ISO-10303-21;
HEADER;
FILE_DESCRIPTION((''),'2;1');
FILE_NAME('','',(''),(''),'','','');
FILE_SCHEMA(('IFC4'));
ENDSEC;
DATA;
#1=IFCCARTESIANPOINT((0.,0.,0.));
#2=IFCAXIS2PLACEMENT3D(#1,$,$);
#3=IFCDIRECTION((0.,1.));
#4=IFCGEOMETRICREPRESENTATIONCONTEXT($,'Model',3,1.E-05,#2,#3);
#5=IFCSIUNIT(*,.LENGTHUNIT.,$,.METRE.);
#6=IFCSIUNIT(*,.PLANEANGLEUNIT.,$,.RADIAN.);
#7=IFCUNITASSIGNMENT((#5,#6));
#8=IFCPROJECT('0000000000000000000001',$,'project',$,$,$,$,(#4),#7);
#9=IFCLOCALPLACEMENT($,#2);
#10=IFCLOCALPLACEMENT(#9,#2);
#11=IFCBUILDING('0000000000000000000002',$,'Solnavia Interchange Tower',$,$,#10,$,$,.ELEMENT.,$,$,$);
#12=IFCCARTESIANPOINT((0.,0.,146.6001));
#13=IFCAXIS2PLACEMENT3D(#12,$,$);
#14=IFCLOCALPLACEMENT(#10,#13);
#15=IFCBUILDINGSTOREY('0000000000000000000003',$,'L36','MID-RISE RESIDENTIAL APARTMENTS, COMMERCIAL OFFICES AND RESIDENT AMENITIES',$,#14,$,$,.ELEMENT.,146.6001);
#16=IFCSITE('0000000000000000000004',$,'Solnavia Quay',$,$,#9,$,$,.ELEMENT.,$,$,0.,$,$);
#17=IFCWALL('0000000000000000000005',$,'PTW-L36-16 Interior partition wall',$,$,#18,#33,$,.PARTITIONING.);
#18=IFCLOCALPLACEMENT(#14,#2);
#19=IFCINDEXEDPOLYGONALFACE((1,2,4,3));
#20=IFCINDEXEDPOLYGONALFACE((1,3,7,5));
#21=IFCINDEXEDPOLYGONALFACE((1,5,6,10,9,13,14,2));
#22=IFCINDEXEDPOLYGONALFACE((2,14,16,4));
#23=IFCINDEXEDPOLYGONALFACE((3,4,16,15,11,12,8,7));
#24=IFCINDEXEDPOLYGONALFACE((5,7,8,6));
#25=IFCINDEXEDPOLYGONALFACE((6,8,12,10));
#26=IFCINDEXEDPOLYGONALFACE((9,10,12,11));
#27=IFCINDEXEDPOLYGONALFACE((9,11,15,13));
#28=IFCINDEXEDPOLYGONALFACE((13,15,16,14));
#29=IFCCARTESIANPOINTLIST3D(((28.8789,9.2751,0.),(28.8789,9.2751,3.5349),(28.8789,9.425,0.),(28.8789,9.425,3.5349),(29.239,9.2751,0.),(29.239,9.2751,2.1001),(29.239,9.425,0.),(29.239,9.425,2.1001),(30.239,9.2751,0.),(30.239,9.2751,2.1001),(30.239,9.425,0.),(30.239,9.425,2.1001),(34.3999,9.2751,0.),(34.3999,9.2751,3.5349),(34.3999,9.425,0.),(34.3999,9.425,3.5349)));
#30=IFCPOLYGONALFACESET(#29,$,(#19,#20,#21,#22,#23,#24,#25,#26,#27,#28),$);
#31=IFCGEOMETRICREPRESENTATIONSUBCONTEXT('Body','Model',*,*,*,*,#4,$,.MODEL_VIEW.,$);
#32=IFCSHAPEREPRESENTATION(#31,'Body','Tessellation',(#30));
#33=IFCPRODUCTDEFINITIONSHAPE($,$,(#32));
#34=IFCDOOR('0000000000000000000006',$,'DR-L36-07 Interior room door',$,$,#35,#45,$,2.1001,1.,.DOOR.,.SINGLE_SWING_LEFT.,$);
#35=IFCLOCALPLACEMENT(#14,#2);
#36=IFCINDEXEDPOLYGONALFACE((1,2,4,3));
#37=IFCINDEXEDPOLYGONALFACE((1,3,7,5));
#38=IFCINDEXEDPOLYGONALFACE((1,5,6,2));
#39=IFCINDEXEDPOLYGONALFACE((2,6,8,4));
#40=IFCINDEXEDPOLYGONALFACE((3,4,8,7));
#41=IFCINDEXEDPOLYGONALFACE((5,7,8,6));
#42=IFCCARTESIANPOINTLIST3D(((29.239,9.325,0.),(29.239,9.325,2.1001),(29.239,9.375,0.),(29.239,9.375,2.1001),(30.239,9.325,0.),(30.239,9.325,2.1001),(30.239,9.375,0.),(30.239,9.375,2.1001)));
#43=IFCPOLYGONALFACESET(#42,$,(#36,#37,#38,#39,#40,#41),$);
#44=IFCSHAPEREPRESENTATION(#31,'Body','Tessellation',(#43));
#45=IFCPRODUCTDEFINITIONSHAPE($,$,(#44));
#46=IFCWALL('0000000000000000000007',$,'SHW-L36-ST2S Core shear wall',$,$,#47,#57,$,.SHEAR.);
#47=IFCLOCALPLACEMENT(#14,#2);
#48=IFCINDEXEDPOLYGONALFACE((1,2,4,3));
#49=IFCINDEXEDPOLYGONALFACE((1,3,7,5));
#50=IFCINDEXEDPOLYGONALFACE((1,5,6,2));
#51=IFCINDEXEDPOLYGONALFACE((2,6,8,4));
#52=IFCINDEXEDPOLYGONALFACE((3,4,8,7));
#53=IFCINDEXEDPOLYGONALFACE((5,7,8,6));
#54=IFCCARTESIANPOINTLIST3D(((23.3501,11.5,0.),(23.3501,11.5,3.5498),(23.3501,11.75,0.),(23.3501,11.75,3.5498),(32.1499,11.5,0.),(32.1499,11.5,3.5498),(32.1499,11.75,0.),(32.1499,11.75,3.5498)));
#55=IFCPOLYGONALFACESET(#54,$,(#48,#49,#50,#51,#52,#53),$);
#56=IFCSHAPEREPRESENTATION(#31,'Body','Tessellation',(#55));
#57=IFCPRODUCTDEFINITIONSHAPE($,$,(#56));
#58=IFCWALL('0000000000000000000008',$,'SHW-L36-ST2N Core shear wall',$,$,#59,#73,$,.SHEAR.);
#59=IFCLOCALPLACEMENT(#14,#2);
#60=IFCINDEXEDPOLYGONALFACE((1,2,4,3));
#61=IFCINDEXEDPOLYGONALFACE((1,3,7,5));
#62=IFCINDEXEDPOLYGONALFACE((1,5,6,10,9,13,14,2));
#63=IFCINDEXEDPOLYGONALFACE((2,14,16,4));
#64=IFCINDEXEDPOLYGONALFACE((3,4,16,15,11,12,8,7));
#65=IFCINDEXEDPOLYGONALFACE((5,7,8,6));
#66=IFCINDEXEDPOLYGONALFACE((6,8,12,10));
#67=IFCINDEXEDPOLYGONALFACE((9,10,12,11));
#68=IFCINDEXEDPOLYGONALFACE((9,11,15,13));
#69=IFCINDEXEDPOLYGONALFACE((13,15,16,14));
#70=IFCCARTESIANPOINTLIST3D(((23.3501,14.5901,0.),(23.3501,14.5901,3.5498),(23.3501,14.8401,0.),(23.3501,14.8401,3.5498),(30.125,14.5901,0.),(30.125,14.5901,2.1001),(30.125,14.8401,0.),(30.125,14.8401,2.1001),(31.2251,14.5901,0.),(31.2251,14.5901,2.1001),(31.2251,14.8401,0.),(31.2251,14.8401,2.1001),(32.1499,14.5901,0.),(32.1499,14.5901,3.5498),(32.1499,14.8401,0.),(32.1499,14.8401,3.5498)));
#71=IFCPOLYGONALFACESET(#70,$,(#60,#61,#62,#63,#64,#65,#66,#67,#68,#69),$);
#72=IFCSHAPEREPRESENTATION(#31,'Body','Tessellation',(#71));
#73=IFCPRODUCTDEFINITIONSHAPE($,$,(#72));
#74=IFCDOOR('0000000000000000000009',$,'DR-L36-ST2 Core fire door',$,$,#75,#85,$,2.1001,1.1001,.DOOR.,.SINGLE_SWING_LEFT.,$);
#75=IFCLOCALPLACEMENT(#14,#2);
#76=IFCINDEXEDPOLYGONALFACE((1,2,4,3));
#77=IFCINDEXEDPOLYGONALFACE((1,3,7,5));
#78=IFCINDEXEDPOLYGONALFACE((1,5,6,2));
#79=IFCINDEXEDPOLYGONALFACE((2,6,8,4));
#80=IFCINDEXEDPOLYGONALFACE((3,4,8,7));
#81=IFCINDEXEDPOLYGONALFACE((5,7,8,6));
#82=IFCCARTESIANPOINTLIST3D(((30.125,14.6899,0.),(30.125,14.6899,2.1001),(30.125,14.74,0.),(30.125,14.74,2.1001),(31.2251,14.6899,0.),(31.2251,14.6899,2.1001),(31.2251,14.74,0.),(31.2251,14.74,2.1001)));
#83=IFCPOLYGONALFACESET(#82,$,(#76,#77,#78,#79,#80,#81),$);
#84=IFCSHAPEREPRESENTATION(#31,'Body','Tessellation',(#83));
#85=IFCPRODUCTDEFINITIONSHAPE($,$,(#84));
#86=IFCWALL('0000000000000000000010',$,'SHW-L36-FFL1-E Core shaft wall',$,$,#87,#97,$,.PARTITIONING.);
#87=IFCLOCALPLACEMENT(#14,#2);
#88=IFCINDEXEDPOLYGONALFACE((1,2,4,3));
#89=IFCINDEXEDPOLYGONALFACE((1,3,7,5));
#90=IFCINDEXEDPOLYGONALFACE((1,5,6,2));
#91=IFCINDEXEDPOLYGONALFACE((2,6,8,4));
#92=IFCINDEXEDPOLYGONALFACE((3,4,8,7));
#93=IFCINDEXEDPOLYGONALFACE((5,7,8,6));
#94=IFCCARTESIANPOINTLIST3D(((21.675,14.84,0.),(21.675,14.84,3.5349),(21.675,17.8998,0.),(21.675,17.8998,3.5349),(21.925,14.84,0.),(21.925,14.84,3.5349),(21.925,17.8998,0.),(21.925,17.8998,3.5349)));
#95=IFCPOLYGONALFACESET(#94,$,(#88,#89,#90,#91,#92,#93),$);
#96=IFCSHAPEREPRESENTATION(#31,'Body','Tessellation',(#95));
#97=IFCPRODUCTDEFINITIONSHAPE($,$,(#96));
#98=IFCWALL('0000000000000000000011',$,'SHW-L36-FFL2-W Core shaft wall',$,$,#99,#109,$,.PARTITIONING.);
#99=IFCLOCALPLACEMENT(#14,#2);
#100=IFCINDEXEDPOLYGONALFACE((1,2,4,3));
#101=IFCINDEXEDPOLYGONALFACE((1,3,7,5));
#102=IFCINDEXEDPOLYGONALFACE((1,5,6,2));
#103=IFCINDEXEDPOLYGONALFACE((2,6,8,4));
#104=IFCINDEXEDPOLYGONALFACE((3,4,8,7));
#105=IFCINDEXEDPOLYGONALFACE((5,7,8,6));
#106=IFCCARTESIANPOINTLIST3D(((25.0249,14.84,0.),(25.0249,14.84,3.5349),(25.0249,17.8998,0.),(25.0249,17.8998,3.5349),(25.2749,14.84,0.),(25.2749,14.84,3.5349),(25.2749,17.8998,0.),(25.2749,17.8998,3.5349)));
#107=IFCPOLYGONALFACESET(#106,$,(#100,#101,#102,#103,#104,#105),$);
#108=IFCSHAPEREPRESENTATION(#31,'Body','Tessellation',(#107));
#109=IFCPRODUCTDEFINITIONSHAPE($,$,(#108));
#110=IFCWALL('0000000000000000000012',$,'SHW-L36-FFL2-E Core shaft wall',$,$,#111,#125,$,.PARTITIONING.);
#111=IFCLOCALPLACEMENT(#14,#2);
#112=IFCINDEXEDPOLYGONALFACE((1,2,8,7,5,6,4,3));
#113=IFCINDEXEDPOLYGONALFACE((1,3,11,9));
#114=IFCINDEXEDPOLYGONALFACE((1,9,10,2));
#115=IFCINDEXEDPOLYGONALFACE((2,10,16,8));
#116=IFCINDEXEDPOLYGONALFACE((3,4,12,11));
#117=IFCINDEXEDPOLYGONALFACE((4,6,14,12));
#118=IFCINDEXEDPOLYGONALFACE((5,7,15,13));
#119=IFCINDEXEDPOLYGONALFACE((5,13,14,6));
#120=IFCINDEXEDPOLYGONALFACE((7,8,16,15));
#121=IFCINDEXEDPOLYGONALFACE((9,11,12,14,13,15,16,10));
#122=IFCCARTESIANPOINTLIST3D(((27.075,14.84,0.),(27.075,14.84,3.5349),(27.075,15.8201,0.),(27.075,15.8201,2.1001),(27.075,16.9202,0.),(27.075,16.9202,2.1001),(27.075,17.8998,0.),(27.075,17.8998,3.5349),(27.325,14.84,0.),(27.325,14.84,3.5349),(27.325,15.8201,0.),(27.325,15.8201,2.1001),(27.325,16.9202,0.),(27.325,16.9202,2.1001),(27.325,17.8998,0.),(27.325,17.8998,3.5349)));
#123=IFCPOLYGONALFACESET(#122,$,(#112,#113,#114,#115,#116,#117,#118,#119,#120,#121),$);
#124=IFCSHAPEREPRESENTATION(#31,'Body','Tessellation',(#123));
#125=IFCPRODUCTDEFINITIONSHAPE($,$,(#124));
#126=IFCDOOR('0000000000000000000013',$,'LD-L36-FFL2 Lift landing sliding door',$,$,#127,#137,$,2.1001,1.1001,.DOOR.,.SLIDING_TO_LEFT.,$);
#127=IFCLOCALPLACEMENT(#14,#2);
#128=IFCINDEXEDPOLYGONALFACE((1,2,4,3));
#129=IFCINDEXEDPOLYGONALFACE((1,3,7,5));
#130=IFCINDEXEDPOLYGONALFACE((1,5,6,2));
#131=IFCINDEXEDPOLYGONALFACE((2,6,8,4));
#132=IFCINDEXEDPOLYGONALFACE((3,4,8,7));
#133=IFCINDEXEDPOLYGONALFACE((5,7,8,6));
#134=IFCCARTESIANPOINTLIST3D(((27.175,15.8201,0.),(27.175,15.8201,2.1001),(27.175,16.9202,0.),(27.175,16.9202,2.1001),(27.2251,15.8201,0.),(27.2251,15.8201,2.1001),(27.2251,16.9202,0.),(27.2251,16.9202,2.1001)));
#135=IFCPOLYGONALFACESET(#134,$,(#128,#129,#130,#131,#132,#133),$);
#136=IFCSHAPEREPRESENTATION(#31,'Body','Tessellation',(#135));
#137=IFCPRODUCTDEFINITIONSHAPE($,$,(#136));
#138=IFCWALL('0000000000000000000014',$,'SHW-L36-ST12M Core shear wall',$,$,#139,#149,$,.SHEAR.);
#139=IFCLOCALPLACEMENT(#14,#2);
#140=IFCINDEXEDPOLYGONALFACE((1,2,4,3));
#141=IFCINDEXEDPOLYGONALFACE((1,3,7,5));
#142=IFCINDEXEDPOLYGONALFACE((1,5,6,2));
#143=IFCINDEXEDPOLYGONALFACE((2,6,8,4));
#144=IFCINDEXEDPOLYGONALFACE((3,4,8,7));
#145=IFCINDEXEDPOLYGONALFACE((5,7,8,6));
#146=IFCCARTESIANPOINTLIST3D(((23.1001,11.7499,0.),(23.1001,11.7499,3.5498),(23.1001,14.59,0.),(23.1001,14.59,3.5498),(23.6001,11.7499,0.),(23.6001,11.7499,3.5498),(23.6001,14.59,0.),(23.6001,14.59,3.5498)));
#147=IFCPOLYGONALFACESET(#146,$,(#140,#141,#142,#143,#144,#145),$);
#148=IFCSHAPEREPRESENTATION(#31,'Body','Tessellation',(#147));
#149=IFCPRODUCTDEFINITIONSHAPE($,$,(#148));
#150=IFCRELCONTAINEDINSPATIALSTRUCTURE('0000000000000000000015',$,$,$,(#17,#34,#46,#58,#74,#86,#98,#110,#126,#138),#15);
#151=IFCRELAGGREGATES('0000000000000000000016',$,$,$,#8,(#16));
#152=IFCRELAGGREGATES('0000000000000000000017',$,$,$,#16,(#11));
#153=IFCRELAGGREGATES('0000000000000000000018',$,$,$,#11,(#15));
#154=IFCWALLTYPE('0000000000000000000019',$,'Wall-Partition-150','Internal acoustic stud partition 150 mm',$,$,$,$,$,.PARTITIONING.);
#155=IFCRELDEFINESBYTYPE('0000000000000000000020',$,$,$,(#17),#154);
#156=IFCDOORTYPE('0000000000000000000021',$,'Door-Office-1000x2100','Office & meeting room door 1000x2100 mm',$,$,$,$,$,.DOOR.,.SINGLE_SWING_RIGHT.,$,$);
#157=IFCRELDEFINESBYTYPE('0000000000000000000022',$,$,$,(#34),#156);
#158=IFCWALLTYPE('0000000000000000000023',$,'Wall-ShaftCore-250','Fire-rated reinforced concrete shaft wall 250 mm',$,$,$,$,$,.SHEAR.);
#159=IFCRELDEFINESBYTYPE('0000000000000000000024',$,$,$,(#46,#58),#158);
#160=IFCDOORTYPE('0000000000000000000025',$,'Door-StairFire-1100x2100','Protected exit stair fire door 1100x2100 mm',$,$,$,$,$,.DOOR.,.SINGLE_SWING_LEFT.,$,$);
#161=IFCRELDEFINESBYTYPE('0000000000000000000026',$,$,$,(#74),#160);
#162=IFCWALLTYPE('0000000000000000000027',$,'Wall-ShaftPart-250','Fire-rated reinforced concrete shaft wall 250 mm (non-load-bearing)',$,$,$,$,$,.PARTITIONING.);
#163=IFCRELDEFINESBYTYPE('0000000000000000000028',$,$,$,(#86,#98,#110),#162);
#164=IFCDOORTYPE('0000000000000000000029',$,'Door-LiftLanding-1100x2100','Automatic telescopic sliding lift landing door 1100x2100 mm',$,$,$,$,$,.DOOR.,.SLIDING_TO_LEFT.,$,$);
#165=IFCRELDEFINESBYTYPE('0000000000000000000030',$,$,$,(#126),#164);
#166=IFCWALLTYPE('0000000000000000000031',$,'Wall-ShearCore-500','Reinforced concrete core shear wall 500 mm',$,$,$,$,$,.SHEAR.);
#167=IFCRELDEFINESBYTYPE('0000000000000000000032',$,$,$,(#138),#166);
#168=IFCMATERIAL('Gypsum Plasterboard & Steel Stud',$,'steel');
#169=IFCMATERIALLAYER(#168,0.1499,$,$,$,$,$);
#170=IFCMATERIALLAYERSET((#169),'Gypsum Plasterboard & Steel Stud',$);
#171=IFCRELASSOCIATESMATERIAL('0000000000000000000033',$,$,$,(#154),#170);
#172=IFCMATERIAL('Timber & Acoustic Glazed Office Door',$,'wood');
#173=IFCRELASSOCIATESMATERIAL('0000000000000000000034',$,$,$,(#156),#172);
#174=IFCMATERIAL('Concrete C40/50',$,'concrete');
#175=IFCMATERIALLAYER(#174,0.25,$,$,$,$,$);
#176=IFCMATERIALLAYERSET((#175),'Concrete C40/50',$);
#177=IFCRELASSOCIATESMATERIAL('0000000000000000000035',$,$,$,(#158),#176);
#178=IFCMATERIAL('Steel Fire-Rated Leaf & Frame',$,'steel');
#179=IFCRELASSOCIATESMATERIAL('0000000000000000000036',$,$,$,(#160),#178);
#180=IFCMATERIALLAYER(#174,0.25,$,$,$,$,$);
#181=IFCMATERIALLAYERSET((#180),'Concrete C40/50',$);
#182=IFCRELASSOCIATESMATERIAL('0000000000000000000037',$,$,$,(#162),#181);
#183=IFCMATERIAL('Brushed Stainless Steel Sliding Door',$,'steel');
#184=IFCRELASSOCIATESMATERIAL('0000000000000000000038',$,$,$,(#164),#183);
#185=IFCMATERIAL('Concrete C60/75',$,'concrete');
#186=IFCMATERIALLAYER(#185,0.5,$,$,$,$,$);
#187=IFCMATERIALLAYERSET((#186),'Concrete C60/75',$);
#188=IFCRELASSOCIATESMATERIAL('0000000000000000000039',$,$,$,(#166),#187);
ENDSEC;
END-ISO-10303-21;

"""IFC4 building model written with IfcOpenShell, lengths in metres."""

from ifc_helpers import new_model, si_unit, direction, frame, frame_2d, origin, place, context, subcontext, project, spatial, rectangle, extrude, material, layer, layer_set, type_object, element, fill, save


model = new_model("IFC4")

# Units and contexts
model_context = context("Model", 3, precision=1e-05, world=origin(), true_north=direction((0.0, 1.0)))
body_context = subcontext(model_context, "Body", "Model", "MODEL_VIEW")
ifc_project = project(units=[si_unit("LENGTHUNIT", "METRE"), si_unit("PLANEANGLEUNIT", "RADIAN")], contexts=[model_context])

# Site, building, storey
site_placement = place(None, origin())
site = spatial("IfcSite", under=ifc_project, at=site_placement, Name="Solnavia Quay", CompositionType="ELEMENT", RefElevation=0.0)
building_placement = place(site_placement, origin())
building = spatial("IfcBuilding", under=site, at=building_placement, Name="Solnavia Interchange Tower", CompositionType="ELEMENT")
storey_placement = place(building_placement, frame((0.0, 0.0, 146.6001)))
storey = spatial("IfcBuildingStorey", under=building, at=storey_placement, Name="L36", Description="MID-RISE RESIDENTIAL APARTMENTS, COMMERCIAL OFFICES AND RESIDENT AMENITIES", CompositionType="ELEMENT", Elevation=146.6001)

# Shared definitions
ifc_material_1 = material(Name="Concrete C40/50", Category="concrete")

# Shared definitions
ifc_material_2 = material(Name="Gypsum Plasterboard & Steel Stud", Category="steel")
ifc_layer_1 = layer(ifc_material_2, 0.1499)
ifc_layer_set_1 = layer_set([ifc_layer_1], Name="Gypsum Plasterboard & Steel Stud")
wall_type_1 = type_object("IfcWallType", Name="Wall-Partition-150", Description="Internal acoustic stud partition 150 mm", PredefinedType="PARTITIONING", material=ifc_layer_set_1)

# Wall, opening, door
wall_1_placement = place(storey_placement, frame((28.8789, 9.3501, 0.0), z_axis=(0.0, 0.0, 1.0), x_axis=(1.0, 0.0, 0.0)))
wall_1 = element("IfcWall", 1, at=wall_1_placement, inside=storey, type_object=wall_type_1, Name="PTW-L36-16 Interior partition wall", PredefinedType="PARTITIONING", context=body_context, shape_type="SweptSolid", body=[
    extrude(rectangle(XDim=5.521, YDim=0.1499, at=frame_2d((2.7605, 0.0))), origin(), (0.0, 0.0, 1.0), 3.5349),
])
opening_1_placement = place(wall_1_placement, frame((0.3601, 0.0, 0.0)))
opening_1 = element("IfcOpeningElement", 2, at=opening_1_placement, cuts=wall_1, PredefinedType="OPENING", context=body_context, shape_type="SweptSolid", body=[
    extrude(rectangle(XDim=1.0, YDim=2.1001, at=frame_2d((0.5, 1.05))), frame((0.0, 0.085, 0.0), z_axis=(0.0, -1.0, 0.0), x_axis=(1.0, 0.0, 0.0)), (0.0, 0.0, 1.0), 0.1699),
])
ifc_material_3 = material(Name="Timber & Acoustic Glazed Office Door", Category="wood")
door_type_1 = type_object("IfcDoorType", Name="Door-Office-1000x2100", Description="Office & meeting room door 1000x2100 mm", OperationType="SINGLE_SWING_RIGHT", PredefinedType="DOOR", material=ifc_material_3)
door_1_placement = place(opening_1_placement, origin())
door_1 = element("IfcDoor", 3, at=door_1_placement, inside=storey, type_object=door_type_1, Name="DR-L36-07 Interior room door", OperationType="SINGLE_SWING_LEFT", OverallHeight=2.1001, OverallWidth=1.0, PredefinedType="DOOR", context=body_context, shape_type="SweptSolid", body=[
    extrude(rectangle(XDim=1.0, YDim=2.1001, at=frame_2d((0.5, 1.05))), frame((0.0, 0.0249, 0.0), z_axis=(0.0, -1.0, 0.0), x_axis=(1.0, 0.0, 0.0)), (0.0, 0.0, 1.0), 0.05),
])
fill(opening_1, door_1)

# Wall
ifc_layer_2 = layer(ifc_material_1, 0.25)
ifc_layer_set_2 = layer_set([ifc_layer_2], Name="Concrete C40/50")
wall_type_2 = type_object("IfcWallType", Name="Wall-ShaftCore-250", Description="Fire-rated reinforced concrete shaft wall 250 mm", PredefinedType="SHEAR", material=ifc_layer_set_2)
wall_2_placement = place(storey_placement, frame((23.3501, 11.625, 0.0), z_axis=(0.0, 0.0, 1.0), x_axis=(1.0, 0.0, 0.0)))
element("IfcWall", 4, at=wall_2_placement, inside=storey, type_object=wall_type_2, Name="SHW-L36-ST2S Core shear wall", PredefinedType="SHEAR", context=body_context, shape_type="SweptSolid", body=[
    extrude(rectangle(XDim=8.7998, YDim=0.25, at=frame_2d((4.3999, 0.0))), origin(), (0.0, 0.0, 1.0), 3.5498),
])

# Wall, opening, door
wall_3_placement = place(storey_placement, frame((23.3501, 14.7151, 0.0), z_axis=(0.0, 0.0, 1.0), x_axis=(1.0, 0.0, 0.0)))
wall_3 = element("IfcWall", 5, at=wall_3_placement, inside=storey, type_object=wall_type_2, Name="SHW-L36-ST2N Core shear wall", PredefinedType="SHEAR", context=body_context, shape_type="SweptSolid", body=[
    extrude(rectangle(XDim=8.7998, YDim=0.25, at=frame_2d((4.3999, 0.0))), origin(), (0.0, 0.0, 1.0), 3.5498),
])
opening_2_placement = place(wall_3_placement, frame((6.7749, 0.0, 0.0)))
opening_2 = element("IfcOpeningElement", 6, at=opening_2_placement, cuts=wall_3, PredefinedType="OPENING", context=body_context, shape_type="SweptSolid", body=[
    extrude(rectangle(XDim=1.1001, YDim=2.1001, at=frame_2d((0.55, 1.05))), frame((0.0, 0.135, 0.0), z_axis=(0.0, -1.0, 0.0), x_axis=(1.0, 0.0, 0.0)), (0.0, 0.0, 1.0), 0.27),
])
ifc_material_4 = material(Name="Steel Fire-Rated Leaf & Frame", Category="steel")
door_type_2 = type_object("IfcDoorType", Name="Door-StairFire-1100x2100", Description="Protected exit stair fire door 1100x2100 mm", OperationType="SINGLE_SWING_LEFT", PredefinedType="DOOR", material=ifc_material_4)
door_2_placement = place(opening_2_placement, origin())
door_2 = element("IfcDoor", 7, at=door_2_placement, inside=storey, type_object=door_type_2, Name="DR-L36-ST2 Core fire door", OperationType="SINGLE_SWING_LEFT", OverallHeight=2.1001, OverallWidth=1.1001, PredefinedType="DOOR", context=body_context, shape_type="SweptSolid", body=[
    extrude(rectangle(XDim=1.1001, YDim=2.1001, at=frame_2d((0.55, 1.05))), frame((0.0, 0.0249, 0.0), z_axis=(0.0, -1.0, 0.0), x_axis=(1.0, 0.0, 0.0)), (0.0, 0.0, 1.0), 0.05),
])
fill(opening_2, door_2)

# Walls
ifc_layer_3 = layer(ifc_material_1, 0.25)
ifc_layer_set_3 = layer_set([ifc_layer_3], Name="Concrete C40/50")
wall_type_3 = type_object("IfcWallType", Name="Wall-ShaftPart-250", Description="Fire-rated reinforced concrete shaft wall 250 mm (non-load-bearing)", PredefinedType="PARTITIONING", material=ifc_layer_set_3)
for number, where, z_axis, x_axis, name in (
    (8, (21.8, 14.8401, 0.0), (0.0, 0.0, 1.0), (0.0, 1.0, 0.0), "SHW-L36-FFL1-E Core shaft wall"),
    (9, (25.1499, 14.8401, 0.0), (0.0, 0.0, 1.0), (0.0, 1.0, 0.0), "SHW-L36-FFL2-W Core shaft wall"),
):
    element("IfcWall", number, at=place(storey_placement, frame(where, z_axis=z_axis, x_axis=x_axis)), inside=storey, type_object=wall_type_3, Name=name, PredefinedType="PARTITIONING", context=body_context, shape_type="SweptSolid", body=[
        extrude(rectangle(XDim=3.0598, YDim=0.25, at=frame_2d((1.5298, 0.0))), origin(), (0.0, 0.0, 1.0), 3.5349),
    ])

# Wall, opening, door
wall_4_placement = place(storey_placement, frame((27.2, 14.8401, 0.0), z_axis=(0.0, 0.0, 1.0), x_axis=(0.0, 1.0, 0.0)))
wall_4 = element("IfcWall", 10, at=wall_4_placement, inside=storey, type_object=wall_type_3, Name="SHW-L36-FFL2-E Core shaft wall", PredefinedType="PARTITIONING", context=body_context, shape_type="SweptSolid", body=[
    extrude(rectangle(XDim=3.0598, YDim=0.25, at=frame_2d((1.5298, 0.0))), origin(), (0.0, 0.0, 1.0), 3.5349),
])
opening_3_placement = place(wall_4_placement, frame((0.98, 0.0, 0.0)))
opening_3 = element("IfcOpeningElement", 11, at=opening_3_placement, cuts=wall_4, PredefinedType="OPENING", context=body_context, shape_type="SweptSolid", body=[
    extrude(rectangle(XDim=1.1001, YDim=2.1001, at=frame_2d((0.55, 1.05))), frame((0.0, 0.135, 0.0), z_axis=(0.0, -1.0, 0.0), x_axis=(1.0, 0.0, 0.0)), (0.0, 0.0, 1.0), 0.27),
])
ifc_material_5 = material(Name="Brushed Stainless Steel Sliding Door", Category="steel")
door_type_3 = type_object("IfcDoorType", Name="Door-LiftLanding-1100x2100", Description="Automatic telescopic sliding lift landing door 1100x2100 mm", OperationType="SLIDING_TO_LEFT", PredefinedType="DOOR", material=ifc_material_5)
door_3_placement = place(opening_3_placement, origin())
door_3 = element("IfcDoor", 12, at=door_3_placement, inside=storey, type_object=door_type_3, Name="LD-L36-FFL2 Lift landing sliding door", OperationType="SLIDING_TO_LEFT", OverallHeight=2.1001, OverallWidth=1.1001, PredefinedType="DOOR", context=body_context, shape_type="SweptSolid", body=[
    extrude(rectangle(XDim=1.1001, YDim=2.1001, at=frame_2d((0.55, 1.05))), frame((0.0, 0.0249, 0.0), z_axis=(0.0, -1.0, 0.0), x_axis=(1.0, 0.0, 0.0)), (0.0, 0.0, 1.0), 0.05),
])
fill(opening_3, door_3)

# Wall
ifc_material_6 = material(Name="Concrete C60/75", Category="concrete")
ifc_layer_4 = layer(ifc_material_6, 0.5)
ifc_layer_set_4 = layer_set([ifc_layer_4], Name="Concrete C60/75")
wall_type_4 = type_object("IfcWallType", Name="Wall-ShearCore-500", Description="Reinforced concrete core shear wall 500 mm", PredefinedType="SHEAR", material=ifc_layer_set_4)
wall_5_placement = place(storey_placement, frame((23.3501, 11.75, 0.0), z_axis=(0.0, 0.0, 1.0), x_axis=(0.0, 1.0, 0.0)))
element("IfcWall", 13, at=wall_5_placement, inside=storey, type_object=wall_type_4, Name="SHW-L36-ST12M Core shear wall", PredefinedType="SHEAR", context=body_context, shape_type="SweptSolid", body=[
    extrude(rectangle(XDim=2.8401, YDim=0.5, at=frame_2d((1.4199, 0.0))), origin(), (0.0, 0.0, 1.0), 3.5498),
])

save(model, "model.ifc")
